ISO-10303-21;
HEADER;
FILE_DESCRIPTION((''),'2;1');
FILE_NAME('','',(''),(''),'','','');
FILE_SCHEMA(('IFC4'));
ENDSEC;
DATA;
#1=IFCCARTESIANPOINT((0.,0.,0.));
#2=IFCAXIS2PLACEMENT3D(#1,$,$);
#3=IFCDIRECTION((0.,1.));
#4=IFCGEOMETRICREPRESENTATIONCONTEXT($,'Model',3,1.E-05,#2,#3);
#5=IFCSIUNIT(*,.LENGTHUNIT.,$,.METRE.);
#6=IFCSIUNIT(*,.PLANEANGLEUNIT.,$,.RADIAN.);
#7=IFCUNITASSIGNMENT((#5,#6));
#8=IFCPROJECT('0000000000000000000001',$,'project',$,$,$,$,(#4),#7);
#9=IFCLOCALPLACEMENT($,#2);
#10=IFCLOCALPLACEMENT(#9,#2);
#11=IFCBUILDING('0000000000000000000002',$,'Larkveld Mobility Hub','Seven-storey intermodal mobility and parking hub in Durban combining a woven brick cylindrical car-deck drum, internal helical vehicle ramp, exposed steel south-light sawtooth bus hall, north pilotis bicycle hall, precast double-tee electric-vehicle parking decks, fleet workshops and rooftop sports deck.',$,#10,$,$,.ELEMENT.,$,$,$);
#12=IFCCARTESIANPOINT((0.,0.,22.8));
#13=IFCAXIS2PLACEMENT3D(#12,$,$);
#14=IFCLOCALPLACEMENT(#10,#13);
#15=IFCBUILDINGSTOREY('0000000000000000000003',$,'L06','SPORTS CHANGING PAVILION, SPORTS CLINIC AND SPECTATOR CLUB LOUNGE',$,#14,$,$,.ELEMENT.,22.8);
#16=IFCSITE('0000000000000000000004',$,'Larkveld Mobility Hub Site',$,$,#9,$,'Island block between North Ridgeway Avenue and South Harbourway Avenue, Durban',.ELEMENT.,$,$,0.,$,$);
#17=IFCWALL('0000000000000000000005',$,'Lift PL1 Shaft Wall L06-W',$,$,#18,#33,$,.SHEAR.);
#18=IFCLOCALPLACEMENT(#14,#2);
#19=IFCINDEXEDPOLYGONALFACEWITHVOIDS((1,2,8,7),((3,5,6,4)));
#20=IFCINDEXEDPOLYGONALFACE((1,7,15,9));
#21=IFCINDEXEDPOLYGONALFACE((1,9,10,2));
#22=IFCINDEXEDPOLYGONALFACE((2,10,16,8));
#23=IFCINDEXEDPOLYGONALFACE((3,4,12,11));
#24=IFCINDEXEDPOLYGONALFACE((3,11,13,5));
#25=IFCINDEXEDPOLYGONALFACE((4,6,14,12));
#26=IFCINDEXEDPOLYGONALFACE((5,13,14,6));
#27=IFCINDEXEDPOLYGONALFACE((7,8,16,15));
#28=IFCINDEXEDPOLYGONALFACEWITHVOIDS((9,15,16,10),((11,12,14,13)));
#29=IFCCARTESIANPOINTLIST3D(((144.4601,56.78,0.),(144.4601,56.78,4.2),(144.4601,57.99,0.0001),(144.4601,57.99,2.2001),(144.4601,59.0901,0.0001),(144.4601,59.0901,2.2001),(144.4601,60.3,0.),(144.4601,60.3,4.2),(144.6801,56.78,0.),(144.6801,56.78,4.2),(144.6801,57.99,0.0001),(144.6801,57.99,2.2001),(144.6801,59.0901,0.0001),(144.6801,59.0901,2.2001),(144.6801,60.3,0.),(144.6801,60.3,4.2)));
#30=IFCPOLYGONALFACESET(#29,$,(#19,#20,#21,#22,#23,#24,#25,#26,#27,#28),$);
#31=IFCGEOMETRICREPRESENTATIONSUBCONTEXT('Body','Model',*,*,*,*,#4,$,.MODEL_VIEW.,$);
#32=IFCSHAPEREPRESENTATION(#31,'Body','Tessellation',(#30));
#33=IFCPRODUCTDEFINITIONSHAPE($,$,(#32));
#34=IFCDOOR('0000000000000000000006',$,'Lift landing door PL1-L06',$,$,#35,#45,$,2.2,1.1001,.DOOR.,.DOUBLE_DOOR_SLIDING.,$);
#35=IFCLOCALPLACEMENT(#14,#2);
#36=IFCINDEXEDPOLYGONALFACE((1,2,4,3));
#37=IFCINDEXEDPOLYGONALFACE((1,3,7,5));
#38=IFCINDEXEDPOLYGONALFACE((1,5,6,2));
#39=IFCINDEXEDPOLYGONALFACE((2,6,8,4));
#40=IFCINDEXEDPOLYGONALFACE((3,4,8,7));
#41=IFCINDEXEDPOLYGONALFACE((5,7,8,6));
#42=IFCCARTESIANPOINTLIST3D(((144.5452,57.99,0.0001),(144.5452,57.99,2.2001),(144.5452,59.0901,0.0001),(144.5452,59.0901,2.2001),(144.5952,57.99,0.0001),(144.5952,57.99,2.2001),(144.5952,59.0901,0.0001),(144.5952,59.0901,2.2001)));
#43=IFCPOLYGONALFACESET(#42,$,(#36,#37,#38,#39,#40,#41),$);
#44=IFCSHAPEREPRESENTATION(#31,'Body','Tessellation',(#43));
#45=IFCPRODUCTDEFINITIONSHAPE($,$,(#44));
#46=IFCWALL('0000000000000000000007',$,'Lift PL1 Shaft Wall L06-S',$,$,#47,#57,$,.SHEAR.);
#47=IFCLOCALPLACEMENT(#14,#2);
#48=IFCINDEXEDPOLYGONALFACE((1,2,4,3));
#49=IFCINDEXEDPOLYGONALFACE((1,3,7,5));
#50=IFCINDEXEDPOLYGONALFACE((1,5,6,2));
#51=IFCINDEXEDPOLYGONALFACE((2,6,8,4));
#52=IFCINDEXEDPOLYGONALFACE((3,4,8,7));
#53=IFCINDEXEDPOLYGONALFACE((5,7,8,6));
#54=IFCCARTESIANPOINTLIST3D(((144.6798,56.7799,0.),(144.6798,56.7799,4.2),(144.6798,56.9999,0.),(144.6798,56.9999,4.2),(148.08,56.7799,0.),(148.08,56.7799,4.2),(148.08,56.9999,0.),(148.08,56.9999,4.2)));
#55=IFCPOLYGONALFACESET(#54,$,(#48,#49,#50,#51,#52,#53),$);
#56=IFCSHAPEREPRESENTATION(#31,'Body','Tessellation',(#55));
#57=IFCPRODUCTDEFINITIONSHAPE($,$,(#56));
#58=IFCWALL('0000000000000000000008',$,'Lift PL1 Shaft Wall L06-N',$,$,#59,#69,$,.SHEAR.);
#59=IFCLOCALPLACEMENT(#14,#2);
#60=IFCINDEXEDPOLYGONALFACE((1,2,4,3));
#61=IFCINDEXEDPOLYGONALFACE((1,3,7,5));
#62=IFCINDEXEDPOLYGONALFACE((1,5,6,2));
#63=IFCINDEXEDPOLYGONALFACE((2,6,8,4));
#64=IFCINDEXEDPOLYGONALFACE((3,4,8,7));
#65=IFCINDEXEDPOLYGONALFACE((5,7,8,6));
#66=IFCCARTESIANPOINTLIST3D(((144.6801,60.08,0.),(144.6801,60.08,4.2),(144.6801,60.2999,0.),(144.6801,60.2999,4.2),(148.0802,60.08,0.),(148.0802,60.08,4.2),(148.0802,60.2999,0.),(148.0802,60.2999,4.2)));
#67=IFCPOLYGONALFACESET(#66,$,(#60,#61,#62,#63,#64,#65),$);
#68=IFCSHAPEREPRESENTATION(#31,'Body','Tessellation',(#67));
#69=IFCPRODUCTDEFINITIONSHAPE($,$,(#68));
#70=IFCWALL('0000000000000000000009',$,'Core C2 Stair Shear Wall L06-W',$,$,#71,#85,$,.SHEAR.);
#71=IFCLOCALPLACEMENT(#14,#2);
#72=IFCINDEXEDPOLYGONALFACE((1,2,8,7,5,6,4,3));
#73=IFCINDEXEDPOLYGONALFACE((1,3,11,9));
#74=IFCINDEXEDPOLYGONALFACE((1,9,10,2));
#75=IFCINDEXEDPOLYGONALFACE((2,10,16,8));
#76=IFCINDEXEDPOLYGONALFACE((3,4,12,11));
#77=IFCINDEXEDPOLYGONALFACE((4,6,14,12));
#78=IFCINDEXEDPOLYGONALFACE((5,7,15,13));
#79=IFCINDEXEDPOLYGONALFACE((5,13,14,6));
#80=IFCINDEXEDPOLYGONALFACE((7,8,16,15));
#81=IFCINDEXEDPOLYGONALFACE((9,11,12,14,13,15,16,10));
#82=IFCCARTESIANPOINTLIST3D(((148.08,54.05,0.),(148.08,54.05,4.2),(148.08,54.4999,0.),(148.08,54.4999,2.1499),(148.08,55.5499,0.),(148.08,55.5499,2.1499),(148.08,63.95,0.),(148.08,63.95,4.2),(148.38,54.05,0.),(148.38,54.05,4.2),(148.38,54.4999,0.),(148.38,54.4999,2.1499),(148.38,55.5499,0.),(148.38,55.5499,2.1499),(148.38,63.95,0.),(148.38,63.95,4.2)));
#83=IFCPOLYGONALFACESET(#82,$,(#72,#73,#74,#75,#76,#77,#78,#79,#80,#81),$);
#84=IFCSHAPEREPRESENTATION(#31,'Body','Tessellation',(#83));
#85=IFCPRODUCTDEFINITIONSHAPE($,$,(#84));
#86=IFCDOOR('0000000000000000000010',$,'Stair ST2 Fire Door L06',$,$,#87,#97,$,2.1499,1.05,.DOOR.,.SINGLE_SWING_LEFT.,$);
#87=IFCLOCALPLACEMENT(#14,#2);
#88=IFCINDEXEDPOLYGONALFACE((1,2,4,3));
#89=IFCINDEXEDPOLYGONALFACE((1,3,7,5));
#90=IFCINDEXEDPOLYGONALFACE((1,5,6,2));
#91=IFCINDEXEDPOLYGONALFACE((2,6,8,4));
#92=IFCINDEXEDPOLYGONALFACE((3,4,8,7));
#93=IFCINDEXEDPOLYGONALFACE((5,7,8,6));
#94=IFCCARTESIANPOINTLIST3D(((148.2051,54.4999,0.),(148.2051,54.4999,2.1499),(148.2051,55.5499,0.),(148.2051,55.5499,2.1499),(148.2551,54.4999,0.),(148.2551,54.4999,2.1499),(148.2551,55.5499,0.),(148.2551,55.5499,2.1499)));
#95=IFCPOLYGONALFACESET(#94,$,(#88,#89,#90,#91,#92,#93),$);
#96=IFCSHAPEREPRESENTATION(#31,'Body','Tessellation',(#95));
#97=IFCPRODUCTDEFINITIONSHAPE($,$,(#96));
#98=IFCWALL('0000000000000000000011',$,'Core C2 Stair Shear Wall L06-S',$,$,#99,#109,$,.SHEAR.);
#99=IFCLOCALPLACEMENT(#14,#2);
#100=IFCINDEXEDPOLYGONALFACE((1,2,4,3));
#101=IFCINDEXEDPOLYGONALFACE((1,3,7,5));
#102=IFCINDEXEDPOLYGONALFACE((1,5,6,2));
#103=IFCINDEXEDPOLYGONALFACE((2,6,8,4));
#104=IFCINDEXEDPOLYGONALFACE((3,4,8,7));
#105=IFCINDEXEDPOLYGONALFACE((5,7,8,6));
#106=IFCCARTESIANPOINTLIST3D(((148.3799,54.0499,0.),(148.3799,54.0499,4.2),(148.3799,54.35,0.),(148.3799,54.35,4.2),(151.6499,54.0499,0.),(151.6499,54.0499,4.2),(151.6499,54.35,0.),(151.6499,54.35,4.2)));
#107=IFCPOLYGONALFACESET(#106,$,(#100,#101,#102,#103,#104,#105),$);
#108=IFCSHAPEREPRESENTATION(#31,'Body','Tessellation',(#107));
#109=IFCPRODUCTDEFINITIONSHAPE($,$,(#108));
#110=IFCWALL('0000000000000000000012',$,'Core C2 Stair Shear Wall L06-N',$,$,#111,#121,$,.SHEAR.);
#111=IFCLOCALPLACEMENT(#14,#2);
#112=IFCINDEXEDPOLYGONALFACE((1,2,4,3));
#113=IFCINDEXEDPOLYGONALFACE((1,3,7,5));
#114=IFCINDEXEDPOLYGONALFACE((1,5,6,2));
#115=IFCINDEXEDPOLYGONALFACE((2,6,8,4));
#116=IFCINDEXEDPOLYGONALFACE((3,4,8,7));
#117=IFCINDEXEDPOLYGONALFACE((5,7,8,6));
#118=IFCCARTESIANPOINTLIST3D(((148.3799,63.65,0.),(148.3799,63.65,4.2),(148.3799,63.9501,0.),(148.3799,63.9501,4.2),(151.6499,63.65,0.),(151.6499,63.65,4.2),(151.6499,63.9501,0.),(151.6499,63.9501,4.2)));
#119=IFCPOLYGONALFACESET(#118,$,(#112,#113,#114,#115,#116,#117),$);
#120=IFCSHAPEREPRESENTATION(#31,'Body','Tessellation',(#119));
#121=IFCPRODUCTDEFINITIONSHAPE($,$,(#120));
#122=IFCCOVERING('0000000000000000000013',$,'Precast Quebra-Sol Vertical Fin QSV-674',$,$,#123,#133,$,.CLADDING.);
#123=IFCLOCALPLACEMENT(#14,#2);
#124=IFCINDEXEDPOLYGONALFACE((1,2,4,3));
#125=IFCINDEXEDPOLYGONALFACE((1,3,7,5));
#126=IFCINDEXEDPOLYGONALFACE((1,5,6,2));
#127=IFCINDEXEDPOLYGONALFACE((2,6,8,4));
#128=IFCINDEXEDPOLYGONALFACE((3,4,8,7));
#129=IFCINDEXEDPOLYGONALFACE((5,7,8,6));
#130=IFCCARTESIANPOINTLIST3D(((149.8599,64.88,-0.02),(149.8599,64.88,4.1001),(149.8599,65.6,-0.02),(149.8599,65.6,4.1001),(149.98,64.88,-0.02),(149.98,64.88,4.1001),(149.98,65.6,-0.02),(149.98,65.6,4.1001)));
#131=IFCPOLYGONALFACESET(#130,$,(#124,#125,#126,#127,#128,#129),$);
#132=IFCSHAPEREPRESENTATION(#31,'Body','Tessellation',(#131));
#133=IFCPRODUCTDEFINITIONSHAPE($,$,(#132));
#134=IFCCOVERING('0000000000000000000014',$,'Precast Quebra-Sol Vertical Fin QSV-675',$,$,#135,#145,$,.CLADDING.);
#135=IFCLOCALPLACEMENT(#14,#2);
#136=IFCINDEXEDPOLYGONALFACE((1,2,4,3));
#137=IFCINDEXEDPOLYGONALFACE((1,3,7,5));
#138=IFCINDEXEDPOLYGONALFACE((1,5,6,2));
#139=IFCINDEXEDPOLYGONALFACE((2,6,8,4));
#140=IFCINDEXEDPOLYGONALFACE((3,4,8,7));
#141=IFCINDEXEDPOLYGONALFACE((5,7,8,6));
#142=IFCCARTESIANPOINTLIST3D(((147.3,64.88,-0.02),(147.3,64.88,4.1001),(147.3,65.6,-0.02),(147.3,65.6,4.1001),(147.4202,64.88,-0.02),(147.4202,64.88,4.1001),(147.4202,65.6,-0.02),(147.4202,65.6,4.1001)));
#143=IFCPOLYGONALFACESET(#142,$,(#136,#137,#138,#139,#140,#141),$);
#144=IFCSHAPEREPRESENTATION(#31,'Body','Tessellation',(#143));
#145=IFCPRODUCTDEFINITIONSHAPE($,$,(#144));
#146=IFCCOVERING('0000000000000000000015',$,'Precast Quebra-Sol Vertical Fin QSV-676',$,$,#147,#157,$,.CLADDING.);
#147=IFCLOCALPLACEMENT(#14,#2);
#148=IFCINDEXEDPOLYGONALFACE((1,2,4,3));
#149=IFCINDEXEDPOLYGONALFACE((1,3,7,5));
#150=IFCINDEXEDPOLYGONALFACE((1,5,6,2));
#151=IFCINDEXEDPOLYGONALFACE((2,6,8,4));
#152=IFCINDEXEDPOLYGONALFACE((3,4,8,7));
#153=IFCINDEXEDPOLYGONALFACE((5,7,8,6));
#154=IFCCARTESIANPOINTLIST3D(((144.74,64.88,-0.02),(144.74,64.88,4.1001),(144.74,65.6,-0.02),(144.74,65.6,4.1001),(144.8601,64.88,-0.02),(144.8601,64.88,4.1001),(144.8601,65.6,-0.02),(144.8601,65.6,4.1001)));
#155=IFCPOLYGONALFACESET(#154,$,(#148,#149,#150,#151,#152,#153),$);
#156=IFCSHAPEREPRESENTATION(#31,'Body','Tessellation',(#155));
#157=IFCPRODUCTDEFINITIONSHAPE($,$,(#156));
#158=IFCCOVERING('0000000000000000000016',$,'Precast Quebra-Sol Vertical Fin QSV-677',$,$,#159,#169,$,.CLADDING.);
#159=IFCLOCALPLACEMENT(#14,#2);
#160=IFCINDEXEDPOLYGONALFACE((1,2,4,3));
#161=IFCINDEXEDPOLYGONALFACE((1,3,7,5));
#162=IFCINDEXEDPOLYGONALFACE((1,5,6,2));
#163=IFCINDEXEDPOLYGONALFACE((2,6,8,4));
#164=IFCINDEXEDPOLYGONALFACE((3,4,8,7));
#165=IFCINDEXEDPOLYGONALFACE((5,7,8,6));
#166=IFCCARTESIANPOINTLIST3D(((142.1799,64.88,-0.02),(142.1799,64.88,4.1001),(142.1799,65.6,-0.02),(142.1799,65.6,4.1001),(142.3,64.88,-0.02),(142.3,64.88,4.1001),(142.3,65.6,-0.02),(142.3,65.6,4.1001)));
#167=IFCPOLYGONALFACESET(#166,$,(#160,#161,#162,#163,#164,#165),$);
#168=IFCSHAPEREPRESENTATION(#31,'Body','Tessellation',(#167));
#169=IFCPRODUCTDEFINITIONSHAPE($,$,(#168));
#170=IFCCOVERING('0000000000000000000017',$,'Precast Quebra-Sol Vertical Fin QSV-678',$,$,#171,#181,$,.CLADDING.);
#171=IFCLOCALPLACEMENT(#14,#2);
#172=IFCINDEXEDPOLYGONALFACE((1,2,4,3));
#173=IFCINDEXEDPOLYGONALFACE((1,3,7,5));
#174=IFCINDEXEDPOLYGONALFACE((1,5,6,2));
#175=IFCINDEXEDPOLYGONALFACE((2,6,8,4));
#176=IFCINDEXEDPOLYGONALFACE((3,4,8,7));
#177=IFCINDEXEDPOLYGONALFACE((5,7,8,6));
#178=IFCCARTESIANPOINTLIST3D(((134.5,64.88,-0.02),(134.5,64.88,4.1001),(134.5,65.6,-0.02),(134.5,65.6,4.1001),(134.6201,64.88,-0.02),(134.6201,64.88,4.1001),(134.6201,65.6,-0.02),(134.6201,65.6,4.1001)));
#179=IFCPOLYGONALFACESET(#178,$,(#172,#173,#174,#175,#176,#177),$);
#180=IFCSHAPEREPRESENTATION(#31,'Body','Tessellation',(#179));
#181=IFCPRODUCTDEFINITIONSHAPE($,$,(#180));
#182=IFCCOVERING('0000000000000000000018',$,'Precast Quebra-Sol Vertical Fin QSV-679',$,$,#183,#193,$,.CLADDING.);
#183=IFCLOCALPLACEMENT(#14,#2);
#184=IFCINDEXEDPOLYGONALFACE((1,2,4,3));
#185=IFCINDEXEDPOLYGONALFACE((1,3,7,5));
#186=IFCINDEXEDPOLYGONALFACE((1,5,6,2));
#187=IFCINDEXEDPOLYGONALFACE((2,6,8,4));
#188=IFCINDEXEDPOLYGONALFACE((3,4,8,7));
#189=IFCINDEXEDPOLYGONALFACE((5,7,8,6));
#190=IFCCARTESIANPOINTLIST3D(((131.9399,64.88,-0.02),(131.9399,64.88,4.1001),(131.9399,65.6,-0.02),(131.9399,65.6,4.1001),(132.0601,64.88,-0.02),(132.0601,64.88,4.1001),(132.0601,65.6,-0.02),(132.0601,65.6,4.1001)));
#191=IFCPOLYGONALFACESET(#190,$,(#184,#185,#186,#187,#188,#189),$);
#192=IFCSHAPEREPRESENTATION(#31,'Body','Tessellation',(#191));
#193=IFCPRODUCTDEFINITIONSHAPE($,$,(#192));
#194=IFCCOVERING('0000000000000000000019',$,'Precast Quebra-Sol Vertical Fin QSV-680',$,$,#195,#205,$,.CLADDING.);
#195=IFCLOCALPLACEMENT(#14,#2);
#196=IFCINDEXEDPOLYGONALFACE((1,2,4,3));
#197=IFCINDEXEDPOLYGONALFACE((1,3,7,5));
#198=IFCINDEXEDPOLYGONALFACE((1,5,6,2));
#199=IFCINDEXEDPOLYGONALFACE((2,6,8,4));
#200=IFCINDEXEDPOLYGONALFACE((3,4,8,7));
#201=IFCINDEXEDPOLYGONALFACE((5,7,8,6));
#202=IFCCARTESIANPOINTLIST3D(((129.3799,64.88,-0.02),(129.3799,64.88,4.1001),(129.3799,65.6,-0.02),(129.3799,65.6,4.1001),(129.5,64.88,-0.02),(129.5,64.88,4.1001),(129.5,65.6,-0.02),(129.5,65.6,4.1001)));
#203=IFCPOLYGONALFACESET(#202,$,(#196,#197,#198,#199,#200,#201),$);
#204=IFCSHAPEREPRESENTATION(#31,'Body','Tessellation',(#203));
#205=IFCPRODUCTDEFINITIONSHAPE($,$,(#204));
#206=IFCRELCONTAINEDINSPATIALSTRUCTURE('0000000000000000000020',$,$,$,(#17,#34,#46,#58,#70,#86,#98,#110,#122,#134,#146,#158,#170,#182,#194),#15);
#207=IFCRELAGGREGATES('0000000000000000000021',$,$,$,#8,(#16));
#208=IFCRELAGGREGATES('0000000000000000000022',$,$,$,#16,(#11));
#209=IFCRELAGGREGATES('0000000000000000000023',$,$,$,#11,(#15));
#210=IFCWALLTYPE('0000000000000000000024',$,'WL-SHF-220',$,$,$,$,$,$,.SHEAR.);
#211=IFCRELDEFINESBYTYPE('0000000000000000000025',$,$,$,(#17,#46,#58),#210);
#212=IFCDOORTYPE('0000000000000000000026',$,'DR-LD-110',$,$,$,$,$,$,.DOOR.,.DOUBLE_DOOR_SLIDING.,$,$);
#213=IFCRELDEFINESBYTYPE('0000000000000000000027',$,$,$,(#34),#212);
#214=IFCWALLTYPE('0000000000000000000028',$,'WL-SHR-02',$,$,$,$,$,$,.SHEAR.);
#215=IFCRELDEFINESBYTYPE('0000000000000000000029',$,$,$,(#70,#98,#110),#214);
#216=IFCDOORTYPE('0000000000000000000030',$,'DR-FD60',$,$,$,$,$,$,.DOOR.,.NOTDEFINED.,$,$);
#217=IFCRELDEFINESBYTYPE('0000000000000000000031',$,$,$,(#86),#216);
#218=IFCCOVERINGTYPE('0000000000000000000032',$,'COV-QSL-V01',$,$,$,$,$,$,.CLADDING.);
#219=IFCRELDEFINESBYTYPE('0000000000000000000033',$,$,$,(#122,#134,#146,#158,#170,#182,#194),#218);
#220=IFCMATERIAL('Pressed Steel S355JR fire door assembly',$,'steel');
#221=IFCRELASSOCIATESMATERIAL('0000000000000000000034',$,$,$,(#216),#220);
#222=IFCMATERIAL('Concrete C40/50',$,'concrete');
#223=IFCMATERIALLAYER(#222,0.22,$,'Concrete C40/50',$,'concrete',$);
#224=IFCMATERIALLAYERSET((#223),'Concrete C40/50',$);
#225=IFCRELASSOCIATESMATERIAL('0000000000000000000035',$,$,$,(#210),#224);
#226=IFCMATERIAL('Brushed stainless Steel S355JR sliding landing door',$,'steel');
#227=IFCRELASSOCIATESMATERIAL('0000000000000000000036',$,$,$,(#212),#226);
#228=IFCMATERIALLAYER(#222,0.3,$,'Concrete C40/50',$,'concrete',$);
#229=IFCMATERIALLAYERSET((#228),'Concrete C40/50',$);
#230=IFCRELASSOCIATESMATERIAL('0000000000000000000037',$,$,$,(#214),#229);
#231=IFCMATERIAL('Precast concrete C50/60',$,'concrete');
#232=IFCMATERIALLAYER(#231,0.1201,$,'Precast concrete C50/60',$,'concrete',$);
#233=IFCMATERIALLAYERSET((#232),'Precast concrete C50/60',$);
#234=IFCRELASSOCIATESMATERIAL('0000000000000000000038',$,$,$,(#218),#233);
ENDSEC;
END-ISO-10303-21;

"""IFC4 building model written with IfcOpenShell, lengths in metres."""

from ifc_helpers import new_model, si_unit, direction, frame, frame_2d, origin, origin_2d, place, context, subcontext, project, spatial, rectangle, extrude, material, layer, layer_set, type_object, element, fill, save


model = new_model("IFC4")

# Units and contexts
model_context = context("Model", 3, precision=1e-05, world=origin(), true_north=direction((0.0, 1.0)))
body_context = subcontext(model_context, "Body", "Model", "MODEL_VIEW")
ifc_project = project(units=[si_unit("LENGTHUNIT", "METRE"), si_unit("PLANEANGLEUNIT", "RADIAN")], contexts=[model_context])

# Site, building, storey
site_placement = place(None, origin())
site = spatial("IfcSite", under=ifc_project, at=site_placement, Name="Larkveld Mobility Hub Site", LongName="Island block between North Ridgeway Avenue and South Harbourway Avenue, Durban", CompositionType="ELEMENT", RefElevation=0.0)
building_placement = place(site_placement, origin())
building = spatial("IfcBuilding", under=site, at=building_placement, Name="Larkveld Mobility Hub", Description="Seven-storey intermodal mobility and parking hub in Durban combining a woven brick cylindrical car-deck drum, internal helical vehicle ramp, exposed steel south-light sawtooth bus hall, north pilotis bicycle hall, precast double-tee electric-vehicle parking decks, fleet workshops and rooftop sports deck.", CompositionType="ELEMENT")
storey_placement = place(building_placement, frame((0.0, 0.0, 22.8)))
storey = spatial("IfcBuildingStorey", under=building, at=storey_placement, Name="L06", Description="SPORTS CHANGING PAVILION, SPORTS CLINIC AND SPECTATOR CLUB LOUNGE", CompositionType="ELEMENT", Elevation=22.8)

# Shared definitions
ifc_material_1 = material(Name="Concrete C40/50", Category="concrete")

# Shared definitions
ifc_material_2 = material(Name="Pressed Steel S355JR fire door assembly", Category="steel")
door_type_1 = type_object("IfcDoorType", Name="DR-FD60", OperationType="NOTDEFINED", PredefinedType="DOOR", material=ifc_material_2)

# Shared definitions
ifc_layer_1 = layer(ifc_material_1, 0.22, Name="Concrete C40/50", Category="concrete")
ifc_layer_set_1 = layer_set([ifc_layer_1], Name="Concrete C40/50")
wall_type_1 = type_object("IfcWallType", Name="WL-SHF-220", PredefinedType="SHEAR", material=ifc_layer_set_1)
ifc_material_3 = material(Name="Brushed stainless Steel S355JR sliding landing door", Category="steel")

# Wall, opening, door
wall_1_placement = place(storey_placement, frame((144.5701, 56.78, 0.0), z_axis=(0.0, 0.0, 1.0), x_axis=(0.0, 1.0, 0.0)))
wall_1 = element("IfcWall", 1, at=wall_1_placement, inside=storey, type_object=wall_type_1, Name="Lift PL1 Shaft Wall L06-W", PredefinedType="SHEAR", context=body_context, shape_type="SweptSolid", body=[
    extrude(rectangle(XDim=3.52, YDim=0.22, at=frame_2d((1.76, 0.0))), origin(), (0.0, 0.0, 1.0), 4.2),
])
opening_1_placement = place(wall_1_placement, frame((1.21, 0.0, 0.0)))
opening_1 = element("IfcOpeningElement", 2, at=opening_1_placement, cuts=wall_1, PredefinedType="OPENING", context=body_context, shape_type="SweptSolid", body=[
    extrude(rectangle(XDim=1.1001, YDim=2.2, at=frame_2d((0.55, 1.1001))), frame((0.0, 0.1201, 0.0), z_axis=(0.0, -1.0, 0.0), x_axis=(1.0, 0.0, 0.0)), (0.0, 0.0, 1.0), 0.24),
])
door_type_2 = type_object("IfcDoorType", Name="DR-LD-110", OperationType="DOUBLE_DOOR_SLIDING", PredefinedType="DOOR", material=ifc_material_3)
door_1_placement = place(opening_1_placement, origin())
door_1 = element("IfcDoor", 3, at=door_1_placement, inside=storey, type_object=door_type_2, Name="Lift landing door PL1-L06", OperationType="DOUBLE_DOOR_SLIDING", OverallHeight=2.2, OverallWidth=1.1001, PredefinedType="DOOR", context=body_context, shape_type="SweptSolid", body=[
    extrude(rectangle(XDim=1.1001, YDim=2.2, at=frame_2d((0.55, 1.1001))), frame((0.0, 0.0249, 0.0), z_axis=(0.0, -1.0, 0.0), x_axis=(1.0, 0.0, 0.0)), (0.0, 0.0, 1.0), 0.05),
])
fill(opening_1, door_1)

# Walls
for number, where, z_axis, x_axis, name in (
    (4, (148.0801, 56.8899, 0.0), (0.0, 0.0, 1.0), (-1.0, 0.0, 0.0), "Lift PL1 Shaft Wall L06-S"),
    (5, (144.6799, 60.1899, 0.0), (0.0, 0.0, 1.0), (1.0, 0.0, 0.0), "Lift PL1 Shaft Wall L06-N"),
):
    element("IfcWall", number, at=place(storey_placement, frame(where, z_axis=z_axis, x_axis=x_axis)), inside=storey, type_object=wall_type_1, Name=name, PredefinedType="SHEAR", context=body_context, shape_type="SweptSolid", body=[
        extrude(rectangle(XDim=3.4001, YDim=0.22, at=frame_2d((1.7002, 0.0))), origin(), (0.0, 0.0, 1.0), 4.2),
    ])

# Wall, opening, door
ifc_layer_2 = layer(ifc_material_1, 0.3, Name="Concrete C40/50", Category="concrete")
ifc_layer_set_2 = layer_set([ifc_layer_2], Name="Concrete C40/50")
wall_type_2 = type_object("IfcWallType", Name="WL-SHR-02", PredefinedType="SHEAR", material=ifc_layer_set_2)
wall_2_placement = place(storey_placement, frame((148.23, 54.05, 0.0), z_axis=(0.0, 0.0, 1.0), x_axis=(0.0, 1.0, 0.0)))
wall_2 = element("IfcWall", 6, at=wall_2_placement, inside=storey, type_object=wall_type_2, Name="Core C2 Stair Shear Wall L06-W", PredefinedType="SHEAR", context=body_context, shape_type="SweptSolid", body=[
    extrude(rectangle(XDim=9.8999, YDim=0.3, at=frame_2d((4.95, 0.0))), origin(), (0.0, 0.0, 1.0), 4.2),
])
opening_2_placement = place(wall_2_placement, frame((0.45, 0.0, 0.0)))
opening_2 = element("IfcOpeningElement", 7, at=opening_2_placement, cuts=wall_2, PredefinedType="OPENING", context=body_context, shape_type="SweptSolid", body=[
    extrude(rectangle(XDim=1.05, YDim=2.1499, at=frame_2d((0.5249, 1.075))), frame((0.0, 0.1602, 0.0), z_axis=(0.0, -1.0, 0.0), x_axis=(1.0, 0.0, 0.0)), (0.0, 0.0, 1.0), 0.3201),
])
door_2_placement = place(opening_2_placement, origin())
door_2 = element("IfcDoor", 8, at=door_2_placement, inside=storey, type_object=door_type_1, Name="Stair ST2 Fire Door L06", OperationType="SINGLE_SWING_LEFT", OverallHeight=2.1499, OverallWidth=1.05, PredefinedType="DOOR", context=body_context, shape_type="SweptSolid", body=[
    extrude(rectangle(XDim=1.05, YDim=2.1499, at=frame_2d((0.5249, 1.075))), frame((0.0, 0.0249, 0.0), z_axis=(0.0, -1.0, 0.0), x_axis=(1.0, 0.0, 0.0)), (0.0, 0.0, 1.0), 0.05),
])
fill(opening_2, door_2)

# Walls
for number, where, z_axis, x_axis, name in (
    (9, (151.6499, 54.2, 0.0), (0.0, 0.0, 1.0), (-1.0, 0.0, 0.0), "Core C2 Stair Shear Wall L06-S"),
    (10, (148.3799, 63.8, 0.0), (0.0, 0.0, 1.0), (1.0, 0.0, 0.0), "Core C2 Stair Shear Wall L06-N"),
):
    element("IfcWall", number, at=place(storey_placement, frame(where, z_axis=z_axis, x_axis=x_axis)), inside=storey, type_object=wall_type_2, Name=name, PredefinedType="SHEAR", context=body_context, shape_type="SweptSolid", body=[
        extrude(rectangle(XDim=3.27, YDim=0.3, at=frame_2d((1.635, 0.0))), origin(), (0.0, 0.0, 1.0), 4.2),
    ])

# Coverings
ifc_material_4 = material(Name="Precast concrete C50/60", Category="concrete")
ifc_layer_3 = layer(ifc_material_4, 0.1201, Name="Precast concrete C50/60", Category="concrete")
ifc_layer_set_3 = layer_set([ifc_layer_3], Name="Precast concrete C50/60")
covering_type = type_object("IfcCoveringType", Name="COV-QSL-V01", PredefinedType="CLADDING", material=ifc_layer_set_3)
for number, where, z_axis, x_axis, name in (
    (11, (149.9199, 65.24, -0.02), (0.0, 0.0, 1.0), (-1.0, 0.0, 0.0), "Precast Quebra-Sol Vertical Fin QSV-674"),
    (12, (147.3601, 65.24, -0.02), (0.0, 0.0, 1.0), (-1.0, 0.0, 0.0), "Precast Quebra-Sol Vertical Fin QSV-675"),
    (13, (144.8, 65.24, -0.02), (0.0, 0.0, 1.0), (-1.0, 0.0, 0.0), "Precast Quebra-Sol Vertical Fin QSV-676"),
    (14, (142.24, 65.24, -0.02), (0.0, 0.0, 1.0), (-1.0, 0.0, 0.0), "Precast Quebra-Sol Vertical Fin QSV-677"),
    (15, (134.5601, 65.24, -0.02), (0.0, 0.0, 1.0), (-1.0, 0.0, 0.0), "Precast Quebra-Sol Vertical Fin QSV-678"),
    (16, (132.0, 65.24, -0.02), (0.0, 0.0, 1.0), (-1.0, 0.0, 0.0), "Precast Quebra-Sol Vertical Fin QSV-679"),
    (17, (129.4399, 65.24, -0.02), (0.0, 0.0, 1.0), (-1.0, 0.0, 0.0), "Precast Quebra-Sol Vertical Fin QSV-680"),
):
    element("IfcCovering", number, at=place(storey_placement, frame(where, z_axis=z_axis, x_axis=x_axis)), inside=storey, type_object=covering_type, Name=name, PredefinedType="CLADDING", context=body_context, shape_type="SweptSolid", body=[
        extrude(rectangle(XDim=0.1201, YDim=0.72, at=origin_2d()), origin(), (0.0, 0.0, 1.0), 4.1201),
    ])

save(model, "model.ifc")
